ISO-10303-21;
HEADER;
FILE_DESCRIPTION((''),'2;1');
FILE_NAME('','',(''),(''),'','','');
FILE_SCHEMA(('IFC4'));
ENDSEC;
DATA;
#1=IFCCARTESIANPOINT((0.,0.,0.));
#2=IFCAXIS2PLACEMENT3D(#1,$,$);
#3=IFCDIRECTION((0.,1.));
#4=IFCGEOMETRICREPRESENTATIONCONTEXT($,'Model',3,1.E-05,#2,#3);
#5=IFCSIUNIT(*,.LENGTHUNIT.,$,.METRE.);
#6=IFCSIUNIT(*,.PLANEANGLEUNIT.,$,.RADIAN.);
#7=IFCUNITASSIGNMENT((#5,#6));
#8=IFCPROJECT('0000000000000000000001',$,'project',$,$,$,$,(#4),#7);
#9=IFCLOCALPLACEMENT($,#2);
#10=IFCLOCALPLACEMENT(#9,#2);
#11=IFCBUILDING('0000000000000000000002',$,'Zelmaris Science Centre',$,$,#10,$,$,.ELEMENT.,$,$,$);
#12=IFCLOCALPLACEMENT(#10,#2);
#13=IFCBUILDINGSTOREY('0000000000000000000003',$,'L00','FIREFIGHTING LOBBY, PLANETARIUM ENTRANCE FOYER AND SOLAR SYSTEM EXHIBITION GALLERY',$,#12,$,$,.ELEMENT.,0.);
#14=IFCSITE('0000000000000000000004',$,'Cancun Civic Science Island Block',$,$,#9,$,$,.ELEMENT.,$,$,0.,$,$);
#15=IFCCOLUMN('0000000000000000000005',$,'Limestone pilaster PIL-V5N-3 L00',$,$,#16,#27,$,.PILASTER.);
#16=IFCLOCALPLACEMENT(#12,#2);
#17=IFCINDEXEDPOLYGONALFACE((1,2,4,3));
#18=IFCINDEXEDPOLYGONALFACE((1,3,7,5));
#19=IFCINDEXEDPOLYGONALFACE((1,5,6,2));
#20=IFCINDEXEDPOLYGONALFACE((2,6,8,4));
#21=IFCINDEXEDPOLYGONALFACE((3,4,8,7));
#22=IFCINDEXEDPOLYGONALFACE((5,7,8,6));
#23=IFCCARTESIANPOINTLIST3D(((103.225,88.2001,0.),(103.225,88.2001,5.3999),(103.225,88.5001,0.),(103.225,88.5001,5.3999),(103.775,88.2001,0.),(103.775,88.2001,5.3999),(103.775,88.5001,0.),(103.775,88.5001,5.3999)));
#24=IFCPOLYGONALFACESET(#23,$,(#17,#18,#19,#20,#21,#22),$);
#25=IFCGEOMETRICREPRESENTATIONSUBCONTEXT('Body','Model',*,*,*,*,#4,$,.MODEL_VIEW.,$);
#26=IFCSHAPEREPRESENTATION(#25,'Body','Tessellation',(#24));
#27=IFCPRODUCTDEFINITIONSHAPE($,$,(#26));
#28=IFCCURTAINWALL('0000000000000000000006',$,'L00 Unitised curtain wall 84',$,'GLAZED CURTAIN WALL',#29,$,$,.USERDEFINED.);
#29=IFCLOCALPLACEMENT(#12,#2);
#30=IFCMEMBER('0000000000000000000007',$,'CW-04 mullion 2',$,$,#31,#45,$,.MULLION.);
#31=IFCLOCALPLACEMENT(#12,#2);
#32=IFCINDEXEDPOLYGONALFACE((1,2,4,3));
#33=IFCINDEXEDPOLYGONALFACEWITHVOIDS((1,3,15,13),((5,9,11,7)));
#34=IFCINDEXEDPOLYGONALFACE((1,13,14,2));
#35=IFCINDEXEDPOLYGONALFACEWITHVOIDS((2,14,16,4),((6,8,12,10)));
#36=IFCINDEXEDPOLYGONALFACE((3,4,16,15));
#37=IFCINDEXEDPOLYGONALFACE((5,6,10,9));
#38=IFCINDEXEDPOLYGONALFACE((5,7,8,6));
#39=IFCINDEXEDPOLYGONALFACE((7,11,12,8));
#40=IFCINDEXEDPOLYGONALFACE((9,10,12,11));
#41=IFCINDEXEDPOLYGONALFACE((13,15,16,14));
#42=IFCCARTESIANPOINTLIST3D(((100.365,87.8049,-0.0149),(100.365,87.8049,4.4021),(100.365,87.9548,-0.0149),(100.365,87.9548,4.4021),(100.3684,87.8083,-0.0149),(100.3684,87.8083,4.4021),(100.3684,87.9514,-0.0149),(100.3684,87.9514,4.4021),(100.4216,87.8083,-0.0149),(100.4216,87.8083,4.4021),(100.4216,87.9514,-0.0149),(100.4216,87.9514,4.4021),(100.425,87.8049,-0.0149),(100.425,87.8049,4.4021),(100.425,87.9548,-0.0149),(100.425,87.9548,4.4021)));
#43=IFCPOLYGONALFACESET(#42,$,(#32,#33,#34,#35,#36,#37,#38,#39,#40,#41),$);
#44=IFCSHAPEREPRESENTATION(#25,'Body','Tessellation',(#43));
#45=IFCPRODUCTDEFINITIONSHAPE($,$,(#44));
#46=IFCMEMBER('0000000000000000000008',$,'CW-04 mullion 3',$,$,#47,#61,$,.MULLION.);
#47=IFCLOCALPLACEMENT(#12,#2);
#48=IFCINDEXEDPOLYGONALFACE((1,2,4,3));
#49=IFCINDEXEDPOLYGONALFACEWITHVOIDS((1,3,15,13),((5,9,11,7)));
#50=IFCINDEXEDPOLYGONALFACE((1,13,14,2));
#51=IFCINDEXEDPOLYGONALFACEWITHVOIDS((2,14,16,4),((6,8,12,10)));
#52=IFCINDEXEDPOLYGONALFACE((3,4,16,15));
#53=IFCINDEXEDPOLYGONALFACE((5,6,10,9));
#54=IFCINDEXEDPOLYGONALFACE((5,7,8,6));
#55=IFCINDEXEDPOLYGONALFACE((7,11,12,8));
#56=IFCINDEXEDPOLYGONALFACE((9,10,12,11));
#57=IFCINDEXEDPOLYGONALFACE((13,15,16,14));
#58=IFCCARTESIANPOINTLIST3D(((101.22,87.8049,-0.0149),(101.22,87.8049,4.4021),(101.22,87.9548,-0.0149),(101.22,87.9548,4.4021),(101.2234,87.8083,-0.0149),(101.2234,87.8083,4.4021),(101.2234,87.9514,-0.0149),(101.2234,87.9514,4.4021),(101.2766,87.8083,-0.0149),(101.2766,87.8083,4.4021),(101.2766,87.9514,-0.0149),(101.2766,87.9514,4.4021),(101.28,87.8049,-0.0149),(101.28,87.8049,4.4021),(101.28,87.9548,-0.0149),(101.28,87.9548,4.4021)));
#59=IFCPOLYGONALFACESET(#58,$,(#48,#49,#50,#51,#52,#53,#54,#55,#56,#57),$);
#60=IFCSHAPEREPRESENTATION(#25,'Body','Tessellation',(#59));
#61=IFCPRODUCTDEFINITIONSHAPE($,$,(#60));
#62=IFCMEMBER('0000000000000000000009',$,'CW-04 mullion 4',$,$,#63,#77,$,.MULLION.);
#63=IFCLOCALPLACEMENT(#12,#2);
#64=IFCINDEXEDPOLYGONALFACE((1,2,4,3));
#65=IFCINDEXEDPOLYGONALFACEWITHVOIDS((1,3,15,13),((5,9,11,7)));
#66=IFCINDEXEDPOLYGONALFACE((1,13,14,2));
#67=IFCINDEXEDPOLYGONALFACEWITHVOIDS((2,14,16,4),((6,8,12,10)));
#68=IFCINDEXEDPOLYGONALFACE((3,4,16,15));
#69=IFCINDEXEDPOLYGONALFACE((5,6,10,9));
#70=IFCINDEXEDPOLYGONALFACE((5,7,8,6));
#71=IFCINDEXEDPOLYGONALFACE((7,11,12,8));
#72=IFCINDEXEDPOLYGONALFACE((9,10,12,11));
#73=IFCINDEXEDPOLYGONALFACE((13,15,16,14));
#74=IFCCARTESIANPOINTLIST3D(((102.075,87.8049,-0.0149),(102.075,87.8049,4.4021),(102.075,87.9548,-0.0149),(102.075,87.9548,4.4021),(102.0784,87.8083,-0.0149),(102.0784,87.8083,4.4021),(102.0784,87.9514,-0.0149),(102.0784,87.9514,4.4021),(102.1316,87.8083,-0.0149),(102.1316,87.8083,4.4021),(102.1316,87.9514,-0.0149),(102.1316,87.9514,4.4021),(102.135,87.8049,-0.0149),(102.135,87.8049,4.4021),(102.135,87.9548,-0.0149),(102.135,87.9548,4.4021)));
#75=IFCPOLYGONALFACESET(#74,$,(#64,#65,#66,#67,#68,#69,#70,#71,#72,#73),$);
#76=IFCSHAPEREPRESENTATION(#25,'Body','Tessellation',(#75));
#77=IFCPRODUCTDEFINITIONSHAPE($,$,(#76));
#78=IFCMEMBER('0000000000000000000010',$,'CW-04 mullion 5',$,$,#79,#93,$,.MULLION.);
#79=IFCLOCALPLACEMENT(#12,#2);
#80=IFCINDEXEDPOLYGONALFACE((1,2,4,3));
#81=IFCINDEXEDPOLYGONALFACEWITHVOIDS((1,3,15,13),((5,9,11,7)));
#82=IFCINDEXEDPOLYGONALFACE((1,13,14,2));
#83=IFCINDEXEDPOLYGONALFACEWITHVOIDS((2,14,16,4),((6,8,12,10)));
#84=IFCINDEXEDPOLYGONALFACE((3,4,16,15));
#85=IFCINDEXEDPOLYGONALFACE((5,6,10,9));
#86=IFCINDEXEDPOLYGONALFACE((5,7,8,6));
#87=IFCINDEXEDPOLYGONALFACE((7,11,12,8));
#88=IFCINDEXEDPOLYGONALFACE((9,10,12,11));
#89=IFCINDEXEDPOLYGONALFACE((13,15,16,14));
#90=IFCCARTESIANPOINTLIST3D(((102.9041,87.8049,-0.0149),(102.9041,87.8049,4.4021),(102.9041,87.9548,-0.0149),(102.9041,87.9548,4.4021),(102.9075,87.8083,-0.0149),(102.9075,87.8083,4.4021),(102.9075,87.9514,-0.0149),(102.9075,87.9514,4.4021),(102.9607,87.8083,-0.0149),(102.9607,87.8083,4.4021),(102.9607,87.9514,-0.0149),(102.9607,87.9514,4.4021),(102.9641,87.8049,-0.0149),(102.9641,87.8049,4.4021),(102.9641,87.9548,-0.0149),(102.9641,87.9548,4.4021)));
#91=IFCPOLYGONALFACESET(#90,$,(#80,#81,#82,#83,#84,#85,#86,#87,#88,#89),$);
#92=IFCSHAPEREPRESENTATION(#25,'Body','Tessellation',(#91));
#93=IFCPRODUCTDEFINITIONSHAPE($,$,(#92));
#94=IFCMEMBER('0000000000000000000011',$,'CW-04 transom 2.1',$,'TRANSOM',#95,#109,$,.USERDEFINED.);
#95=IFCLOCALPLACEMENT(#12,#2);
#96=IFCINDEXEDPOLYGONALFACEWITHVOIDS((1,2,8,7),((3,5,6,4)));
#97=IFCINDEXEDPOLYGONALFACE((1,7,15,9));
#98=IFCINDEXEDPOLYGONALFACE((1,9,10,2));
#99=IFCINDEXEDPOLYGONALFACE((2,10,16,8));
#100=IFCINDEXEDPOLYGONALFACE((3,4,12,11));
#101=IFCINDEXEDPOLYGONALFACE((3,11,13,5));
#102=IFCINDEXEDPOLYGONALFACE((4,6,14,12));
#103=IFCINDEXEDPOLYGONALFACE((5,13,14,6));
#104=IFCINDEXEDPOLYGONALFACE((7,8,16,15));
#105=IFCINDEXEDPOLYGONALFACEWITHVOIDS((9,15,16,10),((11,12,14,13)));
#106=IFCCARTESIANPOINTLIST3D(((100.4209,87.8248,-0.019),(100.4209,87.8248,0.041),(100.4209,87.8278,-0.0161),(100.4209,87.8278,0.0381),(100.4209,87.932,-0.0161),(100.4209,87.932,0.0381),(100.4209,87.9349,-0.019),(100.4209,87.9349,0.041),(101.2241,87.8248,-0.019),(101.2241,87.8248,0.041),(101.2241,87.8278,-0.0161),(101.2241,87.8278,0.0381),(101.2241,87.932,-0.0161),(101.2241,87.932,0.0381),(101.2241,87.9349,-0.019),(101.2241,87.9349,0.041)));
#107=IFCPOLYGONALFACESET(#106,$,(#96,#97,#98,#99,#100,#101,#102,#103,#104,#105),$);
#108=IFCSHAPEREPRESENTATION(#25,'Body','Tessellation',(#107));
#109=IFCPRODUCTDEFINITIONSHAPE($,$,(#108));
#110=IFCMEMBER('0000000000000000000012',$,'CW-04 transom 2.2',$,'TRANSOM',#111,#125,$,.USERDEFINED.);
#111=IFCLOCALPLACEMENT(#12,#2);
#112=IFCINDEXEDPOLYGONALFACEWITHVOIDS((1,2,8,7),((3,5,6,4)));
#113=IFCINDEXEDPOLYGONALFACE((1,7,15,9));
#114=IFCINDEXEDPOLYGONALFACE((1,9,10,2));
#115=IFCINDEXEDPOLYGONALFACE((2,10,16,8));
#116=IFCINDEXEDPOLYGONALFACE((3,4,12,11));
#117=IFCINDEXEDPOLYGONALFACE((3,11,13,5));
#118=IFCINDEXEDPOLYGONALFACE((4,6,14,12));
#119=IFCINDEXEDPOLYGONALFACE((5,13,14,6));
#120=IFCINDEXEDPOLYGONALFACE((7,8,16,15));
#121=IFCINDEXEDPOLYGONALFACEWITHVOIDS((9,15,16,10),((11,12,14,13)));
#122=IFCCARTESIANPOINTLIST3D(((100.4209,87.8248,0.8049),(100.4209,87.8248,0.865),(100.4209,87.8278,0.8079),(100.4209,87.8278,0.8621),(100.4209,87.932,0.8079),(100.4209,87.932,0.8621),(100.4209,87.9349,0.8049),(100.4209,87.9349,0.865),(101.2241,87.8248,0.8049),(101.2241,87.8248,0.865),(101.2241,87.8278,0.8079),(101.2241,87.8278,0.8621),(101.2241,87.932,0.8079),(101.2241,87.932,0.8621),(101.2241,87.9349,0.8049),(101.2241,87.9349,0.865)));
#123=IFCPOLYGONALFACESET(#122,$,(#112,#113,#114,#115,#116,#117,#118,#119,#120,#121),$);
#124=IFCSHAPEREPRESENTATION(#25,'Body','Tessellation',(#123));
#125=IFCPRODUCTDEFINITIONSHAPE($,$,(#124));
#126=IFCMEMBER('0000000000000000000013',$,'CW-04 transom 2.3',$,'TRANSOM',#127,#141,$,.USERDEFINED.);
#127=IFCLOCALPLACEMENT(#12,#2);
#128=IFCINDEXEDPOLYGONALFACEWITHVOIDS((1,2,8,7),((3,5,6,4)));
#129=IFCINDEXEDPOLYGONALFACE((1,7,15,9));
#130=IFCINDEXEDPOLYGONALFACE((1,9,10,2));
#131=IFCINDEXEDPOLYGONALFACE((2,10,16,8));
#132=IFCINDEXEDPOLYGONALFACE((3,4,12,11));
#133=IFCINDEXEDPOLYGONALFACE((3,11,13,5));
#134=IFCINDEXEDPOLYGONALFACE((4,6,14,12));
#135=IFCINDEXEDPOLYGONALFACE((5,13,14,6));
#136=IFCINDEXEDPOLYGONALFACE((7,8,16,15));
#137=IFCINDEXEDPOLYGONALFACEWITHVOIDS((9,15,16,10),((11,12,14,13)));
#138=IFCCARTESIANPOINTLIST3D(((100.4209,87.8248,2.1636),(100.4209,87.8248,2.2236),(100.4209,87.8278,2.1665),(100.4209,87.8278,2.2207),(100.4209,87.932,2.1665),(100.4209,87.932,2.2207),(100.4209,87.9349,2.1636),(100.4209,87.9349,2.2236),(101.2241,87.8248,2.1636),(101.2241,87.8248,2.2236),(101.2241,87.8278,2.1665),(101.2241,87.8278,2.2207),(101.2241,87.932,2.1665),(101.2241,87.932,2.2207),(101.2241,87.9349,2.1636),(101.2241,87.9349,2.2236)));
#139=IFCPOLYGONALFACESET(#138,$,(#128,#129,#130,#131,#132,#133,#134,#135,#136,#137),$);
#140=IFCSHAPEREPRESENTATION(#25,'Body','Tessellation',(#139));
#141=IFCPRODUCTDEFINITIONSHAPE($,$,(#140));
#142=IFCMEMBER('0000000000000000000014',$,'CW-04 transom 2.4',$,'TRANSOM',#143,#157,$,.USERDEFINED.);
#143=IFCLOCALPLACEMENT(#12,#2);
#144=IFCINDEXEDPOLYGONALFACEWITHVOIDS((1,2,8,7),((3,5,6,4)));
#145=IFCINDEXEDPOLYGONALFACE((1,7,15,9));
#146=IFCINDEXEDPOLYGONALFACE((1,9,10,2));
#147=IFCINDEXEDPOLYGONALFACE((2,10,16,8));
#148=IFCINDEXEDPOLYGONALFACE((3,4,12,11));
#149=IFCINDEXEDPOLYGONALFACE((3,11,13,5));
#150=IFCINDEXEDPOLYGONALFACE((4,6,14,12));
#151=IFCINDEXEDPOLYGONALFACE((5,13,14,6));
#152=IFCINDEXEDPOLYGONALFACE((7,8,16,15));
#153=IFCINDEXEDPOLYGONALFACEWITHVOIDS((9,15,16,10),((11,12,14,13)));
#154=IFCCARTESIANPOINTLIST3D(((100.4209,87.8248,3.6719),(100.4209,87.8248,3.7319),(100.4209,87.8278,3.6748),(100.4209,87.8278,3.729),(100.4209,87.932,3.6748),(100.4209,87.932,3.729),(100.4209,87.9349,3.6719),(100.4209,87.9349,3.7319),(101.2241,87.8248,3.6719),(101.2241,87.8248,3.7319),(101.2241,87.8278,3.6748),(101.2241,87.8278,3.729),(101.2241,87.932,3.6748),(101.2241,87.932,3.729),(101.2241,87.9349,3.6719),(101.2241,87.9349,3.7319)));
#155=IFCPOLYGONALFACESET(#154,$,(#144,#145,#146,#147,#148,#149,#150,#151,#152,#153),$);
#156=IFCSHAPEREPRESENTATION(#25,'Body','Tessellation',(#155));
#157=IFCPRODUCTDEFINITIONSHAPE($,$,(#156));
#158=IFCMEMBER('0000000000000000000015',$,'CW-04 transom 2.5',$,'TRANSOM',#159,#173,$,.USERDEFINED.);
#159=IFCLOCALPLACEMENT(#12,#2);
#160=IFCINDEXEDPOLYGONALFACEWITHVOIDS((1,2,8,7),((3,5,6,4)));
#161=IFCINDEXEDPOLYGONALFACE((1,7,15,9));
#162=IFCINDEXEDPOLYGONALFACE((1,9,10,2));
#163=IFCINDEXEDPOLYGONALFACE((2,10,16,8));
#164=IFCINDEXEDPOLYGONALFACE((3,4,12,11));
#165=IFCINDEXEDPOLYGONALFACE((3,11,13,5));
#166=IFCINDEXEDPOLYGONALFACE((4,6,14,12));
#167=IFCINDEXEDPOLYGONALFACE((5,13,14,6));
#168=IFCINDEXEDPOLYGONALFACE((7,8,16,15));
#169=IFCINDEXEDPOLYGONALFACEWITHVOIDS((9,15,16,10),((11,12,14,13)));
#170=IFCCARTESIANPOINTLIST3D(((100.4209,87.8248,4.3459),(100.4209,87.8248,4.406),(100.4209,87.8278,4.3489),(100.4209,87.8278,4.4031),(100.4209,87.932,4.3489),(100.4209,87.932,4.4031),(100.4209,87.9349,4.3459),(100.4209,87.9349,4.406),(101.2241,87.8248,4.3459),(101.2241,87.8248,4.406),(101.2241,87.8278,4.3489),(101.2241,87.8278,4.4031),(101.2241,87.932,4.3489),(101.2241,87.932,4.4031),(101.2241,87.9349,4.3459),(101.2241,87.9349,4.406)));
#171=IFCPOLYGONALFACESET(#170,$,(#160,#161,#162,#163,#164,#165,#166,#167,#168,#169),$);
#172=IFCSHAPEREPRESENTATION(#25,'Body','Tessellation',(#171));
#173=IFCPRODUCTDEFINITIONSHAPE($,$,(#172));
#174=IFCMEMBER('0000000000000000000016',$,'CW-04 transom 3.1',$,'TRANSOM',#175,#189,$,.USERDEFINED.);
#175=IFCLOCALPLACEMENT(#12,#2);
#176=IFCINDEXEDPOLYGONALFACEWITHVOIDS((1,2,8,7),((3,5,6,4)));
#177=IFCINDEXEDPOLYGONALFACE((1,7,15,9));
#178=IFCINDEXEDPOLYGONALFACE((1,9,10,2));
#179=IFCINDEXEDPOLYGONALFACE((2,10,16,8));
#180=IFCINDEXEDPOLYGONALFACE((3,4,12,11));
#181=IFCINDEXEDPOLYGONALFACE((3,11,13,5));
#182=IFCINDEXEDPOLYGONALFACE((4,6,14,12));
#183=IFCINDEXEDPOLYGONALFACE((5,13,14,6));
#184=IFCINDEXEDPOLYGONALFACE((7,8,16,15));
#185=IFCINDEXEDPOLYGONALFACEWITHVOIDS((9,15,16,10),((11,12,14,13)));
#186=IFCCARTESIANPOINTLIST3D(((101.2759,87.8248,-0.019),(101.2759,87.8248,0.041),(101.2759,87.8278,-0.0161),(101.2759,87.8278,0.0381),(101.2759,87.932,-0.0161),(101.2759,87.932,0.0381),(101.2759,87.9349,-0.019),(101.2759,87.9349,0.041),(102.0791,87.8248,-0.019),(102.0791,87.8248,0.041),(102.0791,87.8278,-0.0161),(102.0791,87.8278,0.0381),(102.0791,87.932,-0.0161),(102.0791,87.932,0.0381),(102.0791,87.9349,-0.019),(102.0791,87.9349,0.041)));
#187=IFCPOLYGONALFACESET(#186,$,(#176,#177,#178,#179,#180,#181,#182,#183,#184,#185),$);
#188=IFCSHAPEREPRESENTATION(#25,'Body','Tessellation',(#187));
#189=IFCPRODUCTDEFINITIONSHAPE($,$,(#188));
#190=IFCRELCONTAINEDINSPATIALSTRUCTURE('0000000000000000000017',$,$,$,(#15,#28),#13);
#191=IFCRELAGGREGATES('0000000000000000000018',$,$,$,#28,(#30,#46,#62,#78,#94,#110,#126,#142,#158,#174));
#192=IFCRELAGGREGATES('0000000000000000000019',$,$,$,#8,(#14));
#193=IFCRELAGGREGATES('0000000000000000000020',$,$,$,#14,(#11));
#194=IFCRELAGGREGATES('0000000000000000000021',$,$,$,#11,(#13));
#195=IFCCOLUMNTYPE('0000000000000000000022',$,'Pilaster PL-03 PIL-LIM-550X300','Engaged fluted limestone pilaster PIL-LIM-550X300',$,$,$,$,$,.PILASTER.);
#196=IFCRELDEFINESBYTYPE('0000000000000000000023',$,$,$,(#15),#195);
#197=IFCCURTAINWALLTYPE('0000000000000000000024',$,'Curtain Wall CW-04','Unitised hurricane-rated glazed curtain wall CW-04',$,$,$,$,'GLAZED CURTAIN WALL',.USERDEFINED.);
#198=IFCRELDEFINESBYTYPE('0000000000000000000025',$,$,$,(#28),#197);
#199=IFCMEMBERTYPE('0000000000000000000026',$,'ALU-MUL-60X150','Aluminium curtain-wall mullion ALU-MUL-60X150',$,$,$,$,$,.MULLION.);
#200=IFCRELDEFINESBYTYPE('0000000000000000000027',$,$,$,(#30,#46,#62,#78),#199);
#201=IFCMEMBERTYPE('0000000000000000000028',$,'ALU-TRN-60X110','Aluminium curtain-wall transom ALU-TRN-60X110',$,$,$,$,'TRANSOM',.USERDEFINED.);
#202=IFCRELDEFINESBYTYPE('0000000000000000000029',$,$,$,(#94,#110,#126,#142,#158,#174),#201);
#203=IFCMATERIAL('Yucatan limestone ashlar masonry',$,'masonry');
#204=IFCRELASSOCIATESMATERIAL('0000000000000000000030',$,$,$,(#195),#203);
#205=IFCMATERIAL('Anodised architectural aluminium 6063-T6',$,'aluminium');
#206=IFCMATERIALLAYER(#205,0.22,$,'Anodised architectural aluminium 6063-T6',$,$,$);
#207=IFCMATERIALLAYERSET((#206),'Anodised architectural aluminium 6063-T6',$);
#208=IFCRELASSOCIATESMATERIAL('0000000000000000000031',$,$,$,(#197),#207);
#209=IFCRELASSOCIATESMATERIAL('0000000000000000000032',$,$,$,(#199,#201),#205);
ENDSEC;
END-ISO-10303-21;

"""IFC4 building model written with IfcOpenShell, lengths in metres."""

from ifc_helpers import new_model, si_unit, direction, frame, origin, origin_2d, place, context, subcontext, project, spatial, rectangle, hollow_rectangle, extrude, material, layer, layer_set, material_profile, profile_set, type_object, element, aggregate, save


model = new_model("IFC4")

# Units and contexts
model_context = context("Model", 3, precision=1e-05, world=origin(), true_north=direction((0.0, 1.0)))
body_context = subcontext(model_context, "Body", "Model", "MODEL_VIEW")
ifc_project = project(units=[si_unit("LENGTHUNIT", "METRE"), si_unit("PLANEANGLEUNIT", "RADIAN")], contexts=[model_context])

# Site, building, storey
site_placement = place(None, origin())
site = spatial("IfcSite", under=ifc_project, at=site_placement, Name="Cancun Civic Science Island Block", CompositionType="ELEMENT", RefElevation=0.0)
building_placement = place(site_placement, origin())
building = spatial("IfcBuilding", under=site, at=building_placement, Name="Zelmaris Science Centre", CompositionType="ELEMENT")
storey_placement = place(building_placement, origin())
storey = spatial("IfcBuildingStorey", under=building, at=storey_placement, Name="L00", Description="FIREFIGHTING LOBBY, PLANETARIUM ENTRANCE FOYER AND SOLAR SYSTEM EXHIBITION GALLERY", CompositionType="ELEMENT", Elevation=0.0)

# Column
ifc_material_1 = material(Name="Yucatan limestone ashlar masonry", Category="masonry")
ifc_material_profile_1 = material_profile(ifc_material_1, rectangle(XDim=0.55, YDim=0.3, at=origin_2d()), Name="PIL-LIM-550X300")
ifc_profile_set_1 = profile_set([ifc_material_profile_1], Name="Yucatan limestone ashlar masonry")
column_type = type_object("IfcColumnType", Name="Pilaster PL-03 PIL-LIM-550X300", Description="Engaged fluted limestone pilaster PIL-LIM-550X300", PredefinedType="PILASTER", material=ifc_profile_set_1)
column_placement = place(storey_placement, frame((103.5, 88.3501, 0.0), z_axis=(0.0, 0.0, 1.0), x_axis=(1.0, 0.0, 0.0)))
element("IfcColumn", 1, at=column_placement, inside=storey, type_object=column_type, Name="Limestone pilaster PIL-V5N-3 L00", PredefinedType="PILASTER", context=body_context, shape_type="SweptSolid", body=[
    extrude(rectangle(XDim=0.55, YDim=0.3, at=origin_2d()), origin(), (0.0, 0.0, 1.0), 5.3999),
])

# Curtain wall, members
ifc_material_2 = material(Name="Anodised architectural aluminium 6063-T6", Category="aluminium")
ifc_layer_1 = layer(ifc_material_2, 0.22, Name="Anodised architectural aluminium 6063-T6")
ifc_layer_set_1 = layer_set([ifc_layer_1], Name="Anodised architectural aluminium 6063-T6")
curtain_wall_type = type_object("IfcCurtainWallType", Name="Curtain Wall CW-04", Description="Unitised hurricane-rated glazed curtain wall CW-04", ElementType="GLAZED CURTAIN WALL", PredefinedType="USERDEFINED", material=ifc_layer_set_1)
curtain_wall_placement = place(storey_placement, origin())
curtain_wall = element("IfcCurtainWall", 2, at=curtain_wall_placement, inside=storey, type_object=curtain_wall_type, Name="L00 Unitised curtain wall 84", ObjectType="GLAZED CURTAIN WALL", PredefinedType="USERDEFINED")
ifc_material_profile_2 = material_profile(ifc_material_2, hollow_rectangle(XDim=0.0601, YDim=0.1499, WallThickness=0.0034, at=origin_2d()), Name="ALU-MUL-60X150")
ifc_profile_set_2 = profile_set([ifc_material_profile_2], Name="Anodised architectural aluminium 6063-T6")
member_type_1 = type_object("IfcMemberType", Name="ALU-MUL-60X150", Description="Aluminium curtain-wall mullion ALU-MUL-60X150", PredefinedType="MULLION", material=ifc_profile_set_2)
member_1_placement = place(storey_placement, frame((100.395, 87.8799, -0.0149), z_axis=(0.0, 0.0, 1.0), x_axis=(1.0, 0.0, 0.0)))
member_1 = element("IfcMember", 3, at=member_1_placement, type_object=member_type_1, Name="CW-04 mullion 2", PredefinedType="MULLION", context=body_context, shape_type="SweptSolid", body=[
    extrude(hollow_rectangle(XDim=0.0601, YDim=0.1499, WallThickness=0.0034, at=origin_2d()), origin(), (0.0, 0.0, 1.0), 4.417),
])
member_2_placement = place(storey_placement, frame((101.25, 87.8799, -0.0149), z_axis=(0.0, 0.0, 1.0), x_axis=(1.0, 0.0, 0.0)))
member_2 = element("IfcMember", 4, at=member_2_placement, type_object=member_type_1, Name="CW-04 mullion 3", PredefinedType="MULLION", context=body_context, shape_type="SweptSolid", body=[
    extrude(hollow_rectangle(XDim=0.0601, YDim=0.1499, WallThickness=0.0034, at=origin_2d()), origin(), (0.0, 0.0, 1.0), 4.417),
])
member_3_placement = place(storey_placement, frame((102.105, 87.8799, -0.0149), z_axis=(0.0, 0.0, 1.0), x_axis=(1.0, 0.0, 0.0)))
member_3 = element("IfcMember", 5, at=member_3_placement, type_object=member_type_1, Name="CW-04 mullion 4", PredefinedType="MULLION", context=body_context, shape_type="SweptSolid", body=[
    extrude(hollow_rectangle(XDim=0.0601, YDim=0.1499, WallThickness=0.0034, at=origin_2d()), origin(), (0.0, 0.0, 1.0), 4.417),
])
member_4_placement = place(storey_placement, frame((102.9341, 87.8799, -0.0149), z_axis=(0.0, 0.0, 1.0), x_axis=(1.0, 0.0, 0.0)))
member_4 = element("IfcMember", 6, at=member_4_placement, type_object=member_type_1, Name="CW-04 mullion 5", PredefinedType="MULLION", context=body_context, shape_type="SweptSolid", body=[
    extrude(hollow_rectangle(XDim=0.0601, YDim=0.1499, WallThickness=0.0034, at=origin_2d()), origin(), (0.0, 0.0, 1.0), 4.417),
])
ifc_material_profile_3 = material_profile(ifc_material_2, hollow_rectangle(XDim=0.0601, YDim=0.1101, WallThickness=0.0029, at=origin_2d()), Name="ALU-TRN-60X110")
ifc_profile_set_3 = profile_set([ifc_material_profile_3], Name="Anodised architectural aluminium 6063-T6")
member_type_2 = type_object("IfcMemberType", Name="ALU-TRN-60X110", Description="Aluminium curtain-wall transom ALU-TRN-60X110", ElementType="TRANSOM", PredefinedType="USERDEFINED", material=ifc_profile_set_3)
member_5_placement = place(storey_placement, frame((100.4209, 87.8799, 0.011), z_axis=(1.0, 0.0, 0.0), x_axis=(0.0, 0.0, 1.0)))
member_5 = element("IfcMember", 7, at=member_5_placement, type_object=member_type_2, Name="CW-04 transom 2.1", ObjectType="TRANSOM", PredefinedType="USERDEFINED", context=body_context, shape_type="SweptSolid", body=[
    extrude(hollow_rectangle(XDim=0.0601, YDim=0.1101, WallThickness=0.0029, at=origin_2d()), origin(), (0.0, 0.0, 1.0), 0.8032),
])
member_6_placement = place(storey_placement, frame((100.4209, 87.8799, 0.835), z_axis=(1.0, 0.0, 0.0), x_axis=(0.0, 0.0, 1.0)))
member_6 = element("IfcMember", 8, at=member_6_placement, type_object=member_type_2, Name="CW-04 transom 2.2", ObjectType="TRANSOM", PredefinedType="USERDEFINED", context=body_context, shape_type="SweptSolid", body=[
    extrude(hollow_rectangle(XDim=0.0601, YDim=0.1101, WallThickness=0.0029, at=origin_2d()), origin(), (0.0, 0.0, 1.0), 0.8032),
])
member_7_placement = place(storey_placement, frame((100.4209, 87.8799, 2.1936), z_axis=(1.0, 0.0, 0.0), x_axis=(0.0, 0.0, 1.0)))
member_7 = element("IfcMember", 9, at=member_7_placement, type_object=member_type_2, Name="CW-04 transom 2.3", ObjectType="TRANSOM", PredefinedType="USERDEFINED", context=body_context, shape_type="SweptSolid", body=[
    extrude(hollow_rectangle(XDim=0.0601, YDim=0.1101, WallThickness=0.0029, at=origin_2d()), origin(), (0.0, 0.0, 1.0), 0.8032),
])
member_8_placement = place(storey_placement, frame((100.4209, 87.8799, 3.7019), z_axis=(1.0, 0.0, 0.0), x_axis=(0.0, 0.0, 1.0)))
member_8 = element("IfcMember", 10, at=member_8_placement, type_object=member_type_2, Name="CW-04 transom 2.4", ObjectType="TRANSOM", PredefinedType="USERDEFINED", context=body_context, shape_type="SweptSolid", body=[
    extrude(hollow_rectangle(XDim=0.0601, YDim=0.1101, WallThickness=0.0029, at=origin_2d()), origin(), (0.0, 0.0, 1.0), 0.8032),
])
member_9_placement = place(storey_placement, frame((100.4209, 87.8799, 4.376), z_axis=(1.0, 0.0, 0.0), x_axis=(0.0, 0.0, 1.0)))
member_9 = element("IfcMember", 11, at=member_9_placement, type_object=member_type_2, Name="CW-04 transom 2.5", ObjectType="TRANSOM", PredefinedType="USERDEFINED", context=body_context, shape_type="SweptSolid", body=[
    extrude(hollow_rectangle(XDim=0.0601, YDim=0.1101, WallThickness=0.0029, at=origin_2d()), origin(), (0.0, 0.0, 1.0), 0.8032),
])
member_10_placement = place(storey_placement, frame((101.2759, 87.8799, 0.011), z_axis=(1.0, 0.0, 0.0), x_axis=(0.0, 0.0, 1.0)))
member_10 = element("IfcMember", 12, at=member_10_placement, type_object=member_type_2, Name="CW-04 transom 3.1", ObjectType="TRANSOM", PredefinedType="USERDEFINED", context=body_context, shape_type="SweptSolid", body=[
    extrude(hollow_rectangle(XDim=0.0601, YDim=0.1101, WallThickness=0.0029, at=origin_2d()), origin(), (0.0, 0.0, 1.0), 0.8032),
])
aggregate(curtain_wall, [member_1, member_2, member_3, member_4, member_5, member_6, member_7, member_8, member_9, member_10])

save(model, "model.ifc")
